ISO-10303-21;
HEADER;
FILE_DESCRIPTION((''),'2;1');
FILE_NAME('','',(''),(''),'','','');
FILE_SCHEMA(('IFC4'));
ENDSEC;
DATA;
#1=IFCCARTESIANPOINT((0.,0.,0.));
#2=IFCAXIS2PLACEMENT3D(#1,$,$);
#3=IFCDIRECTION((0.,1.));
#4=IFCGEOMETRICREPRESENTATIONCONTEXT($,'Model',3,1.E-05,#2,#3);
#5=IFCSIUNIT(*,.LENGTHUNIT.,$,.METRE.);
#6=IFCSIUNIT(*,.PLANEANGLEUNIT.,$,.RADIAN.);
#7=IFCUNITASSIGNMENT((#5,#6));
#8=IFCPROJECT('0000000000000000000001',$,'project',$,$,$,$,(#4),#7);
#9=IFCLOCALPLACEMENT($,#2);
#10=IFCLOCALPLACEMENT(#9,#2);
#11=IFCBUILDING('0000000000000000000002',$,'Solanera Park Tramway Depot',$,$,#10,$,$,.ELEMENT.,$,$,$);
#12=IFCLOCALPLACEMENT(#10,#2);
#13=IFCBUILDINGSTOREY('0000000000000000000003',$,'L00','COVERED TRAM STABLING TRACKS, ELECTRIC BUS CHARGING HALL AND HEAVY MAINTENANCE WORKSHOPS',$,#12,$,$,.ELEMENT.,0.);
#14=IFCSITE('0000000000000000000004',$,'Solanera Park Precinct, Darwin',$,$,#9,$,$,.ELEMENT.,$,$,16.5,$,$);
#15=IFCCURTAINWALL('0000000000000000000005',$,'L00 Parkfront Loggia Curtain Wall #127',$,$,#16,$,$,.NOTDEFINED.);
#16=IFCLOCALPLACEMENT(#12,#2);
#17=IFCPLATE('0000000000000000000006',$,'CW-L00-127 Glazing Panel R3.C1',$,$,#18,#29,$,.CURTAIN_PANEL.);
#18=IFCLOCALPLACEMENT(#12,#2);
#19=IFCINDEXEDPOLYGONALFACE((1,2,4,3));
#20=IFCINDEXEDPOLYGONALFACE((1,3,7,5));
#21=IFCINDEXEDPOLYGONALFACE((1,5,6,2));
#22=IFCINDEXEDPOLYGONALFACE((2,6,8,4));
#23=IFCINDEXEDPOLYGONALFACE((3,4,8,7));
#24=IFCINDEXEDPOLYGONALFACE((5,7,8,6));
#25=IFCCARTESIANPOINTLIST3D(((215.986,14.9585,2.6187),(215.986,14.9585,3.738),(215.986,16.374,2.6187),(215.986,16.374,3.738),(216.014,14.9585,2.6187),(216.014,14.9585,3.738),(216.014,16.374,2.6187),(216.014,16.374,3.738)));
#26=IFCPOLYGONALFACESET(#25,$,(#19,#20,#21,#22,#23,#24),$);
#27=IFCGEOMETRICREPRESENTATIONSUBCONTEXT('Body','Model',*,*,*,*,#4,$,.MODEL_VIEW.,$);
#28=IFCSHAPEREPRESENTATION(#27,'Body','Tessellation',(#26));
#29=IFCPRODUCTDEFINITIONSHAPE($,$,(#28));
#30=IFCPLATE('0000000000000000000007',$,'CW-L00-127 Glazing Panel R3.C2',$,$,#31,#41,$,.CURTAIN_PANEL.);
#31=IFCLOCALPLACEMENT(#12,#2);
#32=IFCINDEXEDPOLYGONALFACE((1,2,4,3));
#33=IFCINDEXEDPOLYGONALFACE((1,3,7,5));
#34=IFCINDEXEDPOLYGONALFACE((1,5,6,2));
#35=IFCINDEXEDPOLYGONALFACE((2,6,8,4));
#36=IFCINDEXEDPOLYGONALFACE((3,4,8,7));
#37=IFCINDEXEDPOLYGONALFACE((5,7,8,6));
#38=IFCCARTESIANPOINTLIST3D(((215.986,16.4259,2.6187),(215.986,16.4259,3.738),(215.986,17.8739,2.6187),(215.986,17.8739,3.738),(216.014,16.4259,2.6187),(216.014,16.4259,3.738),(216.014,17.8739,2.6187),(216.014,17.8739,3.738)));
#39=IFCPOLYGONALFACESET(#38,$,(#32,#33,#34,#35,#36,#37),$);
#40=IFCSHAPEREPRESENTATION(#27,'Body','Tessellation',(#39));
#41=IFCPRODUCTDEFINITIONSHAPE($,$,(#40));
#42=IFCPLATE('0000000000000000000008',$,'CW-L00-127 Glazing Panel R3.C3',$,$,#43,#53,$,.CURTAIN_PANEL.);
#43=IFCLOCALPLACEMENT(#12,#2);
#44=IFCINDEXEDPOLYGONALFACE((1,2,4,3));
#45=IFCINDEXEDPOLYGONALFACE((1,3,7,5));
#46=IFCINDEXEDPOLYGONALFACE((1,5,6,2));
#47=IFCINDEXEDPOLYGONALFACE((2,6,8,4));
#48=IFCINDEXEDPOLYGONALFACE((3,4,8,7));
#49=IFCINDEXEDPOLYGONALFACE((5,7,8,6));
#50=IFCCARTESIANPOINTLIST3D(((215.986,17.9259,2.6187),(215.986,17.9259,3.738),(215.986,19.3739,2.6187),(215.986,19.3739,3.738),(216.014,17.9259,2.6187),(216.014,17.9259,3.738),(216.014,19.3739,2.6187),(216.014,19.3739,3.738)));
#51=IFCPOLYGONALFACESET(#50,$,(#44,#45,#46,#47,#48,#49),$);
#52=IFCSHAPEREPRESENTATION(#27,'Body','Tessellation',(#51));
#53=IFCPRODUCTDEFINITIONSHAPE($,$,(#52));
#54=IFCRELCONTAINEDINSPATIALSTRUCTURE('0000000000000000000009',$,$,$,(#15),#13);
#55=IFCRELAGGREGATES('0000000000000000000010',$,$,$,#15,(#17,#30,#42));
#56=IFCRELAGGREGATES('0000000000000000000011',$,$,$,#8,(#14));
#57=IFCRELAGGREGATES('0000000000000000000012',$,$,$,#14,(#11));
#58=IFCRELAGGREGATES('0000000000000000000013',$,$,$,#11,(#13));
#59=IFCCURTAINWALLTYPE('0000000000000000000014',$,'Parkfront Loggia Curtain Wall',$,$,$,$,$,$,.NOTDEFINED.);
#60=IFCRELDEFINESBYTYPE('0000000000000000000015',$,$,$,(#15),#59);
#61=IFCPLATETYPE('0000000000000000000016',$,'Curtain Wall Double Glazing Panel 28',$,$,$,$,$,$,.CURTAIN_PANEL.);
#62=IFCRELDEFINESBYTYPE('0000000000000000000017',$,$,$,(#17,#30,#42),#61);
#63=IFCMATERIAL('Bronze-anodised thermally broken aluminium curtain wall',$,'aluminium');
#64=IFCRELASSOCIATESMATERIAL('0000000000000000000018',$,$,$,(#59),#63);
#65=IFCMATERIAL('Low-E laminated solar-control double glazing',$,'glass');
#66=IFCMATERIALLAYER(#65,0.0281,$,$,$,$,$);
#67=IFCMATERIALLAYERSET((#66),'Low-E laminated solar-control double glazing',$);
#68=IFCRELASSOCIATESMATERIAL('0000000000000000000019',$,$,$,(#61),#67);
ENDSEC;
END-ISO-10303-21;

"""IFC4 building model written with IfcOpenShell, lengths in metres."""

from ifc_helpers import new_model, si_unit, direction, frame, origin, origin_2d, place, context, subcontext, project, spatial, rectangle, extrude, material, layer, layer_set, type_object, element, aggregate, save


model = new_model("IFC4")

# Units and contexts
model_context = context("Model", 3, precision=1e-05, world=origin(), true_north=direction((0.0, 1.0)))
body_context = subcontext(model_context, "Body", "Model", "MODEL_VIEW")
ifc_project = project(units=[si_unit("LENGTHUNIT", "METRE"), si_unit("PLANEANGLEUNIT", "RADIAN")], contexts=[model_context])

# Site, building, storey
site_placement = place(None, origin())
site = spatial("IfcSite", under=ifc_project, at=site_placement, Name="Solanera Park Precinct, Darwin", CompositionType="ELEMENT", RefElevation=16.5)
building_placement = place(site_placement, origin())
building = spatial("IfcBuilding", under=site, at=building_placement, Name="Solanera Park Tramway Depot", CompositionType="ELEMENT")
storey_placement = place(building_placement, origin())
storey = spatial("IfcBuildingStorey", under=building, at=storey_placement, Name="L00", Description="COVERED TRAM STABLING TRACKS, ELECTRIC BUS CHARGING HALL AND HEAVY MAINTENANCE WORKSHOPS", CompositionType="ELEMENT", Elevation=0.0)

# Shared definitions
ifc_material_1 = material(Name="Bronze-anodised thermally broken aluminium curtain wall", Category="aluminium")
curtain_wall_type = type_object("IfcCurtainWallType", Name="Parkfront Loggia Curtain Wall", PredefinedType="NOTDEFINED", material=ifc_material_1)

# Curtain wall
curtain_wall_1_placement = place(storey_placement, origin())
curtain_wall_1 = element("IfcCurtainWall", 1, at=curtain_wall_1_placement, inside=storey, type_object=curtain_wall_type, Name="L00 Parkfront Loggia Curtain Wall #127", PredefinedType="NOTDEFINED")

# Plates
ifc_material_2 = material(Name="Low-E laminated solar-control double glazing", Category="glass")
ifc_layer = layer(ifc_material_2, 0.0281)
ifc_layer_set = layer_set([ifc_layer], Name="Low-E laminated solar-control double glazing")
plate_type = type_object("IfcPlateType", Name="Curtain Wall Double Glazing Panel 28", PredefinedType="CURTAIN_PANEL", material=ifc_layer_set)
plate_1_placement = place(storey_placement, frame((216.0, 15.6663, 2.6187), z_axis=(0.0, 0.0, 1.0), x_axis=(0.0, 1.0, 0.0)))
plate_1 = element("IfcPlate", 2, at=plate_1_placement, type_object=plate_type, Name="CW-L00-127 Glazing Panel R3.C1", PredefinedType="CURTAIN_PANEL", context=body_context, shape_type="SweptSolid", body=[
    extrude(rectangle(XDim=1.4155, YDim=0.0281, at=origin_2d()), origin(), (0.0, 0.0, 1.0), 1.1194),
])
plate_2_placement = place(storey_placement, frame((216.0, 17.1499, 2.6187), z_axis=(0.0, 0.0, 1.0), x_axis=(0.0, 1.0, 0.0)))
plate_2 = element("IfcPlate", 3, at=plate_2_placement, type_object=plate_type, Name="CW-L00-127 Glazing Panel R3.C2", PredefinedType="CURTAIN_PANEL", context=body_context, shape_type="SweptSolid", body=[
    extrude(rectangle(XDim=1.448, YDim=0.0281, at=origin_2d()), origin(), (0.0, 0.0, 1.0), 1.1194),
])
plate_3_placement = place(storey_placement, frame((216.0, 18.6499, 2.6187), z_axis=(0.0, 0.0, 1.0), x_axis=(0.0, 1.0, 0.0)))
plate_3 = element("IfcPlate", 4, at=plate_3_placement, type_object=plate_type, Name="CW-L00-127 Glazing Panel R3.C3", PredefinedType="CURTAIN_PANEL", context=body_context, shape_type="SweptSolid", body=[
    extrude(rectangle(XDim=1.448, YDim=0.0281, at=origin_2d()), origin(), (0.0, 0.0, 1.0), 1.1194),
])
aggregate(curtain_wall_1, [plate_1, plate_2, plate_3])

save(model, "model.ifc")
